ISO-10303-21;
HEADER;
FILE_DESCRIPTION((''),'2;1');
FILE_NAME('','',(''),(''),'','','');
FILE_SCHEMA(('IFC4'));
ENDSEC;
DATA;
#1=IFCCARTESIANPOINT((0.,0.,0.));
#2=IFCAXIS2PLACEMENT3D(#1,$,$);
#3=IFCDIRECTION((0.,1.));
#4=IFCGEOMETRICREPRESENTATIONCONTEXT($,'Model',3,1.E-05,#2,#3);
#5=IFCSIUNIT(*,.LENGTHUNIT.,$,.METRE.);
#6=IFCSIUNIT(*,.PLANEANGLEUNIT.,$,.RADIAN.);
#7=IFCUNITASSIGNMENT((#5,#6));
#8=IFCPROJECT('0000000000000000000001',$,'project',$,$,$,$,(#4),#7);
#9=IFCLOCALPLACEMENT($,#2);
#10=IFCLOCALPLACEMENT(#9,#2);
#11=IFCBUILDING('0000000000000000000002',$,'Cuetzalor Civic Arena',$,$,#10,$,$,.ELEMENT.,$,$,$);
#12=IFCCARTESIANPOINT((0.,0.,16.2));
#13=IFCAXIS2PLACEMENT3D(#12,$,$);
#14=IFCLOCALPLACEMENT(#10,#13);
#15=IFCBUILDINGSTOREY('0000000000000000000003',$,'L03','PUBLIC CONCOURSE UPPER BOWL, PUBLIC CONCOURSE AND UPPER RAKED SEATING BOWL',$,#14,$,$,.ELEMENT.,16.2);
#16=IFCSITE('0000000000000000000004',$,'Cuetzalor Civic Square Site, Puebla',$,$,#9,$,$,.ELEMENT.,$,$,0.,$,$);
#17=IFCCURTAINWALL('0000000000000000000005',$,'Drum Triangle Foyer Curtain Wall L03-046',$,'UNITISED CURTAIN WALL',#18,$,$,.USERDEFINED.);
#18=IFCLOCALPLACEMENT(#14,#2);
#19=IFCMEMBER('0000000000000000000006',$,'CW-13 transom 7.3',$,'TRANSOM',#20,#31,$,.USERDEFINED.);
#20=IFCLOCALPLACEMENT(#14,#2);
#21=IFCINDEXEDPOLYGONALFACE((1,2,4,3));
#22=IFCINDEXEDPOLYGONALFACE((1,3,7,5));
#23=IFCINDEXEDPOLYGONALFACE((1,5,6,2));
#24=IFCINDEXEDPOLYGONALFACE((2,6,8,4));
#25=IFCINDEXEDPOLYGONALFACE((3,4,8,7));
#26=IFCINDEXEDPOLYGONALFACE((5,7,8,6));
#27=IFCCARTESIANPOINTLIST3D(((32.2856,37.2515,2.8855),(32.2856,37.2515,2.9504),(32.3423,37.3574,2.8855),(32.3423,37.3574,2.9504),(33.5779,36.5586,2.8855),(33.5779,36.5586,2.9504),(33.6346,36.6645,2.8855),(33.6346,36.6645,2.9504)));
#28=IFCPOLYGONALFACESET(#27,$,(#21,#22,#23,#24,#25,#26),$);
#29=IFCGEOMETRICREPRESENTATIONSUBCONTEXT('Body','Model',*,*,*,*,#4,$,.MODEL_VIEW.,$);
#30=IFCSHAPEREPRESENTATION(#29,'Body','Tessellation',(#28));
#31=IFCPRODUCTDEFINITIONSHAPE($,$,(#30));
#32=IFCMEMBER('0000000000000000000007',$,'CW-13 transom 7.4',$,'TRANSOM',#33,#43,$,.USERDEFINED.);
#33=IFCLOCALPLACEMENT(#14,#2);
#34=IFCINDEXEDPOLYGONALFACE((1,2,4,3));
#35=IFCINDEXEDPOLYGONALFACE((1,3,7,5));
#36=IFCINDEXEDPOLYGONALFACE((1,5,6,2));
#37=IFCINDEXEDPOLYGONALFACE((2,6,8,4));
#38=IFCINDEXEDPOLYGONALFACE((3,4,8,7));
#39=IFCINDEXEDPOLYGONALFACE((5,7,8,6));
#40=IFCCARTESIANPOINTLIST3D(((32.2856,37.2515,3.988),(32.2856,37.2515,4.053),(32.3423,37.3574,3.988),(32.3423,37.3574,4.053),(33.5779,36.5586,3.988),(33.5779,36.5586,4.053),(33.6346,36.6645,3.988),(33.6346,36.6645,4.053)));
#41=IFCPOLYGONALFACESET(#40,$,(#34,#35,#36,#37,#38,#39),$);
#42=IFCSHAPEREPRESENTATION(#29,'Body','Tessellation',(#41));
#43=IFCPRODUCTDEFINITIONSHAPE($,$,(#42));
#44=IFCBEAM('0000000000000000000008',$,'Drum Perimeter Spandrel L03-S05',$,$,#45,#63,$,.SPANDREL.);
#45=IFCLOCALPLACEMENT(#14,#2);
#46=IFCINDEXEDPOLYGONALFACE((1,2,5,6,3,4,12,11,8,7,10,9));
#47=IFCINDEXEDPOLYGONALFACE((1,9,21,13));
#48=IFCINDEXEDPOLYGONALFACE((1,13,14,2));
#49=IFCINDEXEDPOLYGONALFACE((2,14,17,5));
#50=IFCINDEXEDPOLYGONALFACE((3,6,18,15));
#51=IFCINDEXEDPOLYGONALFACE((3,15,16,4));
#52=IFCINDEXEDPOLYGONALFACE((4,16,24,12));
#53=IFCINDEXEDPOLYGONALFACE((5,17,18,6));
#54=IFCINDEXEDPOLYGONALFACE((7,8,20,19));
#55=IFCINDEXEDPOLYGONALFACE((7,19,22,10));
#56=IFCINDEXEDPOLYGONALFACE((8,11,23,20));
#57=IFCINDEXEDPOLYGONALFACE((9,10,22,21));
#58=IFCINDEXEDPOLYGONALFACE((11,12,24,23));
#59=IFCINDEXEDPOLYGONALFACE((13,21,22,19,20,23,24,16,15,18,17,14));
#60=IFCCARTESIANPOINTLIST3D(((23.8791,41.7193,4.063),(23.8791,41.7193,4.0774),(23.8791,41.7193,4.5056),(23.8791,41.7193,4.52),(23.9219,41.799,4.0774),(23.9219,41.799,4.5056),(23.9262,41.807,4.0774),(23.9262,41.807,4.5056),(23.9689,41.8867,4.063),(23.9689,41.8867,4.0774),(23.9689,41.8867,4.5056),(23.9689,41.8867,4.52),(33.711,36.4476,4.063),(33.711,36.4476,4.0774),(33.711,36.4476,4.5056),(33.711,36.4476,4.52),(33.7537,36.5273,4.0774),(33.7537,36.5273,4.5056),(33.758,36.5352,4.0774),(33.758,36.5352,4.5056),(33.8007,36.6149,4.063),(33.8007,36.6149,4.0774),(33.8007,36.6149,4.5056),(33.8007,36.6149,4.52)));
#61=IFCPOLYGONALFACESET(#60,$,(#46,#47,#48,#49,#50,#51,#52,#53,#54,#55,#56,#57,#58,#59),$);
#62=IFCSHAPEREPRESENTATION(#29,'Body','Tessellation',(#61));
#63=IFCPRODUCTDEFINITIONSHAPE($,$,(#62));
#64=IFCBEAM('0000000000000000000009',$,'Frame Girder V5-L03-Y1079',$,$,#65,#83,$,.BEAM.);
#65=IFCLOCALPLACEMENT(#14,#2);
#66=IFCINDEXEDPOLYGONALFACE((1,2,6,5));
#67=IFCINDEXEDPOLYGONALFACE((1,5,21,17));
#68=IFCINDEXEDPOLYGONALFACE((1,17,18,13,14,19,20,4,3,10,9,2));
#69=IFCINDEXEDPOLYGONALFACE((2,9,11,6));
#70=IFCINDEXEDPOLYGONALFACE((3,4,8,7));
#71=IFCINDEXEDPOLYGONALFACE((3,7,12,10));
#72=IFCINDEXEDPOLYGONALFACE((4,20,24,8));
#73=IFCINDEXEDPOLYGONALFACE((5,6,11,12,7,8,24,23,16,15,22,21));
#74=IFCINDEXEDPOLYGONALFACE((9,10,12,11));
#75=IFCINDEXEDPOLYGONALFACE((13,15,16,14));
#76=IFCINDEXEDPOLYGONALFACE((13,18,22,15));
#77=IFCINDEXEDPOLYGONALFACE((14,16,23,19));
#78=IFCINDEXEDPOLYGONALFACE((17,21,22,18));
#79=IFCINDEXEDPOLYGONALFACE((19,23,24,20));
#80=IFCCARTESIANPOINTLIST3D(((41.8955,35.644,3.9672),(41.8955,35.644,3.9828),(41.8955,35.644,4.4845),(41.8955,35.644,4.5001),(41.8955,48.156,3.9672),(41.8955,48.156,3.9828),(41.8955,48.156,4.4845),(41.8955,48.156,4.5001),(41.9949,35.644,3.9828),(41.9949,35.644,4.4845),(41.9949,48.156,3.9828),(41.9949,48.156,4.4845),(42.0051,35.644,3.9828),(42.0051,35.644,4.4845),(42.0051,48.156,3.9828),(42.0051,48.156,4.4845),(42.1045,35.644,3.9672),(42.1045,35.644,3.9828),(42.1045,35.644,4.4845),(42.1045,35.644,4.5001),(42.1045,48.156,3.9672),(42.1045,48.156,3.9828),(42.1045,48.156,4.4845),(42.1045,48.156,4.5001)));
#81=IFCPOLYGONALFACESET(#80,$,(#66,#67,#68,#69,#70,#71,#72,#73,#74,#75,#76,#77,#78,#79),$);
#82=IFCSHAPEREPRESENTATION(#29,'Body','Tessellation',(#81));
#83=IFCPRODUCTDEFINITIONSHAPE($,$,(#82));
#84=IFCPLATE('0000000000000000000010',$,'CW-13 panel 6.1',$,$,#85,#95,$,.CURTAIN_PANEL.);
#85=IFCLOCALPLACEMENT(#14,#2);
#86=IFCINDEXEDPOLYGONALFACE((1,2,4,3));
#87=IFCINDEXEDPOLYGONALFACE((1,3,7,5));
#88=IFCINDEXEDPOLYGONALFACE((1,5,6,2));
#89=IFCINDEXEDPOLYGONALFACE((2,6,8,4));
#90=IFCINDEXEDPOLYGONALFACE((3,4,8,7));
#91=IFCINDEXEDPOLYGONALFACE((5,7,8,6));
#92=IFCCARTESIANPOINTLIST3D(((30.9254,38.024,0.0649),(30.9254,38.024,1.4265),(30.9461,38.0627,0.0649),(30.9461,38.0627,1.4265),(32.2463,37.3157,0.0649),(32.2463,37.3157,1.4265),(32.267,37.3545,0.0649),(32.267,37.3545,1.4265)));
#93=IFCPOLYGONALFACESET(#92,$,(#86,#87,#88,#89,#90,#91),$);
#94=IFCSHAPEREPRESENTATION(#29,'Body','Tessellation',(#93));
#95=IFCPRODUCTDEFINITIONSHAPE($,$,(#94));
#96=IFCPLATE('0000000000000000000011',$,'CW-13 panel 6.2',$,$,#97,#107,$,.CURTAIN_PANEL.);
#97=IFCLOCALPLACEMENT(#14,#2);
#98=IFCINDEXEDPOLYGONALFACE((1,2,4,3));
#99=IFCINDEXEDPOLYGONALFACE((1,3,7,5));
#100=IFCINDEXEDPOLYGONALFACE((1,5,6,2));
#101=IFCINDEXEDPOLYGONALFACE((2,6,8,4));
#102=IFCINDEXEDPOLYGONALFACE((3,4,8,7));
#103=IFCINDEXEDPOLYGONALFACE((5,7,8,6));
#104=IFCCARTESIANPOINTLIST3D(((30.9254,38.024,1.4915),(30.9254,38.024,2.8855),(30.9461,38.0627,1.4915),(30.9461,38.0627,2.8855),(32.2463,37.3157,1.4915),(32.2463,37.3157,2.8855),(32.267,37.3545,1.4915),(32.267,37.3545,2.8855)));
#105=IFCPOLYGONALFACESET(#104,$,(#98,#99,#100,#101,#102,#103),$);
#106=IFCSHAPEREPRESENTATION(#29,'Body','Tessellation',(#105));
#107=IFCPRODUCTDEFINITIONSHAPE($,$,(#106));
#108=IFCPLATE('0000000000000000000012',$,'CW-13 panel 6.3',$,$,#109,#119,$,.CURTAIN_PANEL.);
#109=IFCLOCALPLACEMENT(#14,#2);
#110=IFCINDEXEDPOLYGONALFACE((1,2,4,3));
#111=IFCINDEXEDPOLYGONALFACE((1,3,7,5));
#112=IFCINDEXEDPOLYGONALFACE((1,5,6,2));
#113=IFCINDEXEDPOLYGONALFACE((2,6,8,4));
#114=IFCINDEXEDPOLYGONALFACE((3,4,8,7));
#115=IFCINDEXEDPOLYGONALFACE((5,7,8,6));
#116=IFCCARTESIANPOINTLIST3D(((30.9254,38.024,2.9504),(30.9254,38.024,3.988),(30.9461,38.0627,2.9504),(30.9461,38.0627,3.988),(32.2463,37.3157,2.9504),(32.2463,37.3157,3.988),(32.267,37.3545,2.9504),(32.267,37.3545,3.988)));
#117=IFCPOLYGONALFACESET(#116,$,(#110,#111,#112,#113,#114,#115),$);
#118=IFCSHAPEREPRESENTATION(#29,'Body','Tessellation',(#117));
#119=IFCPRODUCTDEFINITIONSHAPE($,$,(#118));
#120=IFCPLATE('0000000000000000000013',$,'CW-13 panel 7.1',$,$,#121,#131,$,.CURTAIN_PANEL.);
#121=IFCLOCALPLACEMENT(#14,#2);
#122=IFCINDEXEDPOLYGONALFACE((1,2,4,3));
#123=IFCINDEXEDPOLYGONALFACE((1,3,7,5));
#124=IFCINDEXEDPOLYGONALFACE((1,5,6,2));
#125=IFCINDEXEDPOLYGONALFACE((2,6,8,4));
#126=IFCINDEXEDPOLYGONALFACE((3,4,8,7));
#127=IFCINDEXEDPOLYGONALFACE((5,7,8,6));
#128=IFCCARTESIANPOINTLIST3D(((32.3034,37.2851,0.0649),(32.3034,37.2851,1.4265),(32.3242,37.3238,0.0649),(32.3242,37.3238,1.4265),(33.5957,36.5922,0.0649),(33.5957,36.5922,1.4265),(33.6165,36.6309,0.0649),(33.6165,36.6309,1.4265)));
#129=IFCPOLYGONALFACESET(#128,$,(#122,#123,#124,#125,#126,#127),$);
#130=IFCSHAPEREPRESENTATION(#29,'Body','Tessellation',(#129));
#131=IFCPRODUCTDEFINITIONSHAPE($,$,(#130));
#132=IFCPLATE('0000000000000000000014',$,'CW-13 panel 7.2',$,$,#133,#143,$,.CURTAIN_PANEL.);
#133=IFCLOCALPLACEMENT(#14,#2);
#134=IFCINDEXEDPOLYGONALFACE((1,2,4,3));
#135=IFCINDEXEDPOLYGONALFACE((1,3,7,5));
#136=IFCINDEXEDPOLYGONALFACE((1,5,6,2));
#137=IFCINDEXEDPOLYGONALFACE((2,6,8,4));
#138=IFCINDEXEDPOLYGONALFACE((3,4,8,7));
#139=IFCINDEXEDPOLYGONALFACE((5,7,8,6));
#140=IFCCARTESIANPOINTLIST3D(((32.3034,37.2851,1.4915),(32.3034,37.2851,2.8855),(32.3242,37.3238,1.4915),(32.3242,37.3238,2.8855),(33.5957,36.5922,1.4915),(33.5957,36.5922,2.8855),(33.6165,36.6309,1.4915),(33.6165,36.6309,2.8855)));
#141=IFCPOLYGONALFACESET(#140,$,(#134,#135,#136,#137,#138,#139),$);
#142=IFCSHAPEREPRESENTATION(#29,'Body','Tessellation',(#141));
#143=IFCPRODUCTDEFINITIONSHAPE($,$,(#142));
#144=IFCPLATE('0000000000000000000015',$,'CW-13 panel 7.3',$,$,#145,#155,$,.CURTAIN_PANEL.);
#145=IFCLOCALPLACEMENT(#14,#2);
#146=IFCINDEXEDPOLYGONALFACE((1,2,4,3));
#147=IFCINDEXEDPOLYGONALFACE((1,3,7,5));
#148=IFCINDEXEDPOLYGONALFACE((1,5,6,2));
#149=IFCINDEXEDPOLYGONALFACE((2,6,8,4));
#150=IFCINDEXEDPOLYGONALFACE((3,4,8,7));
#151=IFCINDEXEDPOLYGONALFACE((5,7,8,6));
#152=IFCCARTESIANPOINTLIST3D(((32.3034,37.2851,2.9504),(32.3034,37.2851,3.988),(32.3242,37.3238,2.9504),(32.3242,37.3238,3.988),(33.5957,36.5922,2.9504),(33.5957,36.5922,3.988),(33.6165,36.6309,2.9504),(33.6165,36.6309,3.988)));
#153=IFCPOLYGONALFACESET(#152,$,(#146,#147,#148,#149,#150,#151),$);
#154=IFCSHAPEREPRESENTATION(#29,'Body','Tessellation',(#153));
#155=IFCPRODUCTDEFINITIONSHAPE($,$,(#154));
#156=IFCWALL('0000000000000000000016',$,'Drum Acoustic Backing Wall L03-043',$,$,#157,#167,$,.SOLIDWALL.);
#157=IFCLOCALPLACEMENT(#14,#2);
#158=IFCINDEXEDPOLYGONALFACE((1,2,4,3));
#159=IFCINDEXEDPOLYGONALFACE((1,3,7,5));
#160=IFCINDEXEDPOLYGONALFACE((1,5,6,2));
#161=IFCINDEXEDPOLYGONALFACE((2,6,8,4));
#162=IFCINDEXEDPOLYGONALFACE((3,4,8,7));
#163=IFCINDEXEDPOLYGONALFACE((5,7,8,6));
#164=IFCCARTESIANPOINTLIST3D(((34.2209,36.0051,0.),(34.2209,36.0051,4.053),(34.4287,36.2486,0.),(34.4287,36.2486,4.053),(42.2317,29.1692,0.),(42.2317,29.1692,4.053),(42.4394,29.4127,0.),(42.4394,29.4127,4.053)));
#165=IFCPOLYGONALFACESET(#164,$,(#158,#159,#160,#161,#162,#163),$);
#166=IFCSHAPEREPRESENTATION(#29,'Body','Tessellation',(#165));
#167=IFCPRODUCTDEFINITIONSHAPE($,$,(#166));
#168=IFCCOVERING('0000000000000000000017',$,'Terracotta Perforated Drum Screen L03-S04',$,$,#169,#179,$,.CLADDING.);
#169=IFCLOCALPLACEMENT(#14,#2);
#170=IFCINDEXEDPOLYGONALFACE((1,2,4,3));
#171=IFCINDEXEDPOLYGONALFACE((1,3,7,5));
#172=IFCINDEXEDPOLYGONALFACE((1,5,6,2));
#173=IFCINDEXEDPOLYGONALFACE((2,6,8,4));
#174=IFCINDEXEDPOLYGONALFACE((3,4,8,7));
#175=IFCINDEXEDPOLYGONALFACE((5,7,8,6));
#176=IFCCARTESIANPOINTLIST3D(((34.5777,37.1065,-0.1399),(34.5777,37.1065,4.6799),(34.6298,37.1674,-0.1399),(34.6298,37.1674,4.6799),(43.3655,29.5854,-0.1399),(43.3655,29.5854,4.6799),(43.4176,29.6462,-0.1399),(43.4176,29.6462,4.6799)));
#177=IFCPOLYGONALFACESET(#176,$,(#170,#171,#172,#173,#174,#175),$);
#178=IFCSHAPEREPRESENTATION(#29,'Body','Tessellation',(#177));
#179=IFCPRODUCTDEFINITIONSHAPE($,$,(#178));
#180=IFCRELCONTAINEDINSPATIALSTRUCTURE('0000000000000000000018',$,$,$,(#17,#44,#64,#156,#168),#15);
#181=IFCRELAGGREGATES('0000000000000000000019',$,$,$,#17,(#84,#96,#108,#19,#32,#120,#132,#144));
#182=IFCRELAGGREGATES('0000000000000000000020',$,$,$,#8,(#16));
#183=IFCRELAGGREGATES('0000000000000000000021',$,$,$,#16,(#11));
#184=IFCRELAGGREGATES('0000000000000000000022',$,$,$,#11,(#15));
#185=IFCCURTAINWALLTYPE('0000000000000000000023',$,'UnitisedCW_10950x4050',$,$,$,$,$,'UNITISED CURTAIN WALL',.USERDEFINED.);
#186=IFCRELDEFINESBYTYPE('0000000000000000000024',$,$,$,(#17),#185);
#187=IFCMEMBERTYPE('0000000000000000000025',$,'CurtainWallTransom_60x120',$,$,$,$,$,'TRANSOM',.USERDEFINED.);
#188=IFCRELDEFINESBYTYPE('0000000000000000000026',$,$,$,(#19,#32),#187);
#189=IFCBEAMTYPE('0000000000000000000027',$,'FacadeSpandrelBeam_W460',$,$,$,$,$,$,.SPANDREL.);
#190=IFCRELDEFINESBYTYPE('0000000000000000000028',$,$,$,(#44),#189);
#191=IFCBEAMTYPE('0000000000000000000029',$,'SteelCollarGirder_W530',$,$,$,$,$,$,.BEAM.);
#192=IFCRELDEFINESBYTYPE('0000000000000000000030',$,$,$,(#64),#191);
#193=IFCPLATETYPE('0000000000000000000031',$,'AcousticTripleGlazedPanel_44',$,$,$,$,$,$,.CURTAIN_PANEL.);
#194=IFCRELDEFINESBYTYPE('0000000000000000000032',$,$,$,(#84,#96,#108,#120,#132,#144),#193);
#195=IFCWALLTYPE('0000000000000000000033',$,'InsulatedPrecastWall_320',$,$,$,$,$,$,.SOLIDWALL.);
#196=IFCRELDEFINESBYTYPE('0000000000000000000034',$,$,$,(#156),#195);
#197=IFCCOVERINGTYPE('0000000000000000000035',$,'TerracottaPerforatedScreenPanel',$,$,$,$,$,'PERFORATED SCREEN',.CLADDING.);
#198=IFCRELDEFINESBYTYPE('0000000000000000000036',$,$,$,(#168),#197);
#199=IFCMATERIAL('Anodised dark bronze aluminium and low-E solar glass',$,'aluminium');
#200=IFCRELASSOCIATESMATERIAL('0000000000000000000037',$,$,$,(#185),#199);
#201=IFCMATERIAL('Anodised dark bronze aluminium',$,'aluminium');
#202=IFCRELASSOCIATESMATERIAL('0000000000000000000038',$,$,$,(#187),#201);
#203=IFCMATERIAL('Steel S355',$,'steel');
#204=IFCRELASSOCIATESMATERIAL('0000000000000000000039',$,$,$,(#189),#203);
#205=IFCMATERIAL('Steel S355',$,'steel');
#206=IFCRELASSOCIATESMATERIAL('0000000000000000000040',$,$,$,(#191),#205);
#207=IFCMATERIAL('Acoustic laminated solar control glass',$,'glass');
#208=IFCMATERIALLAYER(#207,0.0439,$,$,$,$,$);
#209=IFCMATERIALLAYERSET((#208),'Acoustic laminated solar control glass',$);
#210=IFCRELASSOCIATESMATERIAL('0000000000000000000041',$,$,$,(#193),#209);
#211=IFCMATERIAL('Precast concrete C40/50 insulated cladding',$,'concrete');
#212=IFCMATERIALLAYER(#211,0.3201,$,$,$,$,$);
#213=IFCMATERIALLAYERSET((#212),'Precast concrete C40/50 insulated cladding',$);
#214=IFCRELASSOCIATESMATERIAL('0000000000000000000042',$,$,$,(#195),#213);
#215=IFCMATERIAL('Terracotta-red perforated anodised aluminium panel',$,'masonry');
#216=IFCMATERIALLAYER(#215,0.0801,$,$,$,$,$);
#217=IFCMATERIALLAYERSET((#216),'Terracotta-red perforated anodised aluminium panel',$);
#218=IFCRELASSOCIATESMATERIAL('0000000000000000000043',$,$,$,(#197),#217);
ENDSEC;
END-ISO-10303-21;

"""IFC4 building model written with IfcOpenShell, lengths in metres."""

from ifc_helpers import new_model, si_unit, direction, frame, frame_2d, origin, origin_2d, place, context, subcontext, project, spatial, rectangle, i_section, extrude, material, layer, layer_set, material_profile, profile_set, type_object, element, aggregate, save


model = new_model("IFC4")

# Units and contexts
model_context = context("Model", 3, precision=1e-05, world=origin(), true_north=direction((0.0, 1.0)))
body_context = subcontext(model_context, "Body", "Model", "MODEL_VIEW")
ifc_project = project(units=[si_unit("LENGTHUNIT", "METRE"), si_unit("PLANEANGLEUNIT", "RADIAN")], contexts=[model_context])

# Site, building, storey
site_placement = place(None, origin())
site = spatial("IfcSite", under=ifc_project, at=site_placement, Name="Cuetzalor Civic Square Site, Puebla", CompositionType="ELEMENT", RefElevation=0.0)
building_placement = place(site_placement, origin())
building = spatial("IfcBuilding", under=site, at=building_placement, Name="Cuetzalor Civic Arena", CompositionType="ELEMENT")
storey_placement = place(building_placement, frame((0.0, 0.0, 16.2)))
storey = spatial("IfcBuildingStorey", under=building, at=storey_placement, Name="L03", Description="PUBLIC CONCOURSE UPPER BOWL, PUBLIC CONCOURSE AND UPPER RAKED SEATING BOWL", CompositionType="ELEMENT", Elevation=16.2)

# Curtain wall, members
ifc_material_1 = material(Name="Anodised dark bronze aluminium and low-E solar glass", Category="aluminium")
curtain_wall_type = type_object("IfcCurtainWallType", Name="UnitisedCW_10950x4050", ElementType="UNITISED CURTAIN WALL", PredefinedType="USERDEFINED", material=ifc_material_1)
curtain_wall_placement = place(storey_placement, origin())
curtain_wall = element("IfcCurtainWall", 1, at=curtain_wall_placement, inside=storey, type_object=curtain_wall_type, Name="Drum Triangle Foyer Curtain Wall L03-046", ObjectType="UNITISED CURTAIN WALL", PredefinedType="USERDEFINED")
ifc_material_2 = material(Name="Anodised dark bronze aluminium", Category="aluminium")
ifc_material_profile_1 = material_profile(ifc_material_2, rectangle(XDim=0.1201, YDim=0.0649, at=origin_2d()), Name="ALU TRANSOM 65x120")
ifc_profile_set_1 = profile_set([ifc_material_profile_1], Name="Anodised dark bronze aluminium")
member_type_1 = type_object("IfcMemberType", Name="CurtainWallTransom_60x120", ElementType="TRANSOM", PredefinedType="USERDEFINED", material=ifc_profile_set_1)
member_1_placement = place(storey_placement, frame((32.314, 37.3044, 2.918), z_axis=(0.881309, -0.47254, 0.0), x_axis=(0.47254, 0.881309, 0.0)))
member_1 = element("IfcMember", 2, at=member_1_placement, type_object=member_type_1, Name="CW-13 transom 7.3", ObjectType="TRANSOM", PredefinedType="USERDEFINED", context=body_context, shape_type="SweptSolid", body=[
    extrude(rectangle(XDim=0.1201, YDim=0.0649, at=origin_2d()), origin(), (0.0, 0.0, 1.0), 1.4663),
])
member_2_placement = place(storey_placement, frame((32.314, 37.3044, 4.0205), z_axis=(0.881309, -0.47254, 0.0), x_axis=(0.47254, 0.881309, 0.0)))
member_2 = element("IfcMember", 3, at=member_2_placement, type_object=member_type_1, Name="CW-13 transom 7.4", ObjectType="TRANSOM", PredefinedType="USERDEFINED", context=body_context, shape_type="SweptSolid", body=[
    extrude(rectangle(XDim=0.1201, YDim=0.0649, at=origin_2d()), origin(), (0.0, 0.0, 1.0), 1.4663),
])

# Beams
ifc_material_3 = material(Name="Steel S355", Category="steel")
ifc_material_profile_2 = material_profile(ifc_material_3, i_section(OverallWidth=0.1899, OverallDepth=0.457, WebThickness=0.009, FlangeThickness=0.0144, at=origin_2d()), Name="W460x74")
ifc_profile_set_2 = profile_set([ifc_material_profile_2], Name="Steel S355")
beam_type_1 = type_object("IfcBeamType", Name="FacadeSpandrelBeam_W460", PredefinedType="SPANDREL", material=ifc_profile_set_2)
beam_1_placement = place(storey_placement, frame((33.7559, 36.5312, 4.2915), z_axis=(-0.881305, 0.472549, 0.0), x_axis=(-0.472549, -0.881305, 0.0)))
element("IfcBeam", 4, at=beam_1_placement, inside=storey, type_object=beam_type_1, Name="Drum Perimeter Spandrel L03-S05", PredefinedType="SPANDREL", context=body_context, shape_type="SweptSolid", body=[
    extrude(i_section(OverallWidth=0.1899, OverallDepth=0.457, WebThickness=0.009, FlangeThickness=0.0144, at=origin_2d()), origin(), (0.0, 0.0, 1.0), 11.156),
])
ifc_material_4 = material(Name="Steel S355", Category="steel")
ifc_material_profile_3 = material_profile(ifc_material_4, i_section(OverallWidth=0.209, OverallDepth=0.533, WebThickness=0.0103, FlangeThickness=0.0156, at=origin_2d()), Name="W530x92")
ifc_profile_set_3 = profile_set([ifc_material_profile_3], Name="Steel S355")
beam_type_2 = type_object("IfcBeamType", Name="SteelCollarGirder_W530", PredefinedType="BEAM", material=ifc_profile_set_3)
beam_2_placement = place(storey_placement, frame((42.0, 35.644, 4.2336), z_axis=(0.0, 1.0, 0.0), x_axis=(-1.0, 0.0, 0.0)))
element("IfcBeam", 5, at=beam_2_placement, inside=storey, type_object=beam_type_2, Name="Frame Girder V5-L03-Y1079", PredefinedType="BEAM", context=body_context, shape_type="SweptSolid", body=[
    extrude(i_section(OverallWidth=0.209, OverallDepth=0.533, WebThickness=0.0103, FlangeThickness=0.0156, at=origin_2d()), origin(), (0.0, 0.0, 1.0), 12.512),
])

# Plates
ifc_material_5 = material(Name="Acoustic laminated solar control glass", Category="glass")
ifc_layer_1 = layer(ifc_material_5, 0.0439)
ifc_layer_set_1 = layer_set([ifc_layer_1], Name="Acoustic laminated solar control glass")
plate_type = type_object("IfcPlateType", Name="AcousticTripleGlazedPanel_44", PredefinedType="CURTAIN_PANEL", material=ifc_layer_set_1)
plate_1_placement = place(storey_placement, frame((31.5962, 37.6892, 0.0649), z_axis=(0.0, 0.0, 1.0), x_axis=(0.881306, -0.472545, 0.0)))
plate_1 = element("IfcPlate", 6, at=plate_1_placement, type_object=plate_type, Name="CW-13 panel 6.1", PredefinedType="CURTAIN_PANEL", context=body_context, shape_type="SweptSolid", body=[
    extrude(rectangle(XDim=1.4988, YDim=0.0439, at=origin_2d()), origin(), (0.0, 0.0, 1.0), 1.3616),
])
plate_2_placement = place(storey_placement, frame((31.5962, 37.6892, 1.4915), z_axis=(0.0, 0.0, 1.0), x_axis=(0.881306, -0.472545, 0.0)))
plate_2 = element("IfcPlate", 7, at=plate_2_placement, type_object=plate_type, Name="CW-13 panel 6.2", PredefinedType="CURTAIN_PANEL", context=body_context, shape_type="SweptSolid", body=[
    extrude(rectangle(XDim=1.4988, YDim=0.0439, at=origin_2d()), origin(), (0.0, 0.0, 1.0), 1.394),
])
plate_3_placement = place(storey_placement, frame((31.5962, 37.6892, 2.9504), z_axis=(0.0, 0.0, 1.0), x_axis=(0.881306, -0.472545, 0.0)))
plate_3 = element("IfcPlate", 8, at=plate_3_placement, type_object=plate_type, Name="CW-13 panel 6.3", PredefinedType="CURTAIN_PANEL", context=body_context, shape_type="SweptSolid", body=[
    extrude(rectangle(XDim=1.4988, YDim=0.0439, at=origin_2d()), origin(), (0.0, 0.0, 1.0), 1.0376),
])
plate_4_placement = place(storey_placement, frame((32.96, 36.958, 0.0649), z_axis=(0.0, 0.0, 1.0), x_axis=(0.881306, -0.472545, 0.0)))
plate_4 = element("IfcPlate", 9, at=plate_4_placement, type_object=plate_type, Name="CW-13 panel 7.1", PredefinedType="CURTAIN_PANEL", context=body_context, shape_type="SweptSolid", body=[
    extrude(rectangle(XDim=1.4663, YDim=0.0439, at=origin_2d()), origin(), (0.0, 0.0, 1.0), 1.3616),
])
plate_5_placement = place(storey_placement, frame((32.96, 36.958, 1.4915), z_axis=(0.0, 0.0, 1.0), x_axis=(0.881306, -0.472545, 0.0)))
plate_5 = element("IfcPlate", 10, at=plate_5_placement, type_object=plate_type, Name="CW-13 panel 7.2", PredefinedType="CURTAIN_PANEL", context=body_context, shape_type="SweptSolid", body=[
    extrude(rectangle(XDim=1.4663, YDim=0.0439, at=origin_2d()), origin(), (0.0, 0.0, 1.0), 1.394),
])
plate_6_placement = place(storey_placement, frame((32.96, 36.958, 2.9504), z_axis=(0.0, 0.0, 1.0), x_axis=(0.881306, -0.472545, 0.0)))
plate_6 = element("IfcPlate", 11, at=plate_6_placement, type_object=plate_type, Name="CW-13 panel 7.3", PredefinedType="CURTAIN_PANEL", context=body_context, shape_type="SweptSolid", body=[
    extrude(rectangle(XDim=1.4663, YDim=0.0439, at=origin_2d()), origin(), (0.0, 0.0, 1.0), 1.0376),
])
aggregate(curtain_wall, [plate_1, plate_2, plate_3, member_1, member_2, plate_4, plate_5, plate_6])

# Wall
ifc_material_6 = material(Name="Precast concrete C40/50 insulated cladding", Category="concrete")
ifc_layer_2 = layer(ifc_material_6, 0.3201)
ifc_layer_set_2 = layer_set([ifc_layer_2], Name="Precast concrete C40/50 insulated cladding")
wall_type = type_object("IfcWallType", Name="InsulatedPrecastWall_320", PredefinedType="SOLIDWALL", material=ifc_layer_set_2)
wall_placement = place(storey_placement, frame((34.3247, 36.127, 0.0), z_axis=(0.0, 0.0, 1.0), x_axis=(0.760682, -0.649125, 0.0)))
element("IfcWall", 12, at=wall_placement, inside=storey, type_object=wall_type, Name="Drum Acoustic Backing Wall L03-043", PredefinedType="SOLIDWALL", context=body_context, shape_type="SweptSolid", body=[
    extrude(rectangle(XDim=10.531, YDim=0.3201, at=frame_2d((5.2656, 0.0))), origin(), (0.0, 0.0, 1.0), 4.053),
])

# Covering
ifc_material_7 = material(Name="Terracotta-red perforated anodised aluminium panel", Category="masonry")
ifc_layer_3 = layer(ifc_material_7, 0.0801)
ifc_layer_set_3 = layer_set([ifc_layer_3], Name="Terracotta-red perforated anodised aluminium panel")
covering_type = type_object("IfcCoveringType", Name="TerracottaPerforatedScreenPanel", ElementType="PERFORATED SCREEN", PredefinedType="CLADDING", material=ifc_layer_set_3)
covering_placement = place(storey_placement, frame((34.6038, 37.137, -0.1399), z_axis=(0.0, 0.0, 1.0), x_axis=(0.759735, -0.650233, 0.0)))
element("IfcCovering", 13, at=covering_placement, inside=storey, type_object=covering_type, Name="Terracotta Perforated Drum Screen L03-S04", PredefinedType="CLADDING", context=body_context, shape_type="SweptSolid", body=[
    extrude(rectangle(XDim=11.5669, YDim=0.0801, at=frame_2d((5.7834, 0.0))), origin(), (0.0, 0.0, 1.0), 4.8198),
])

save(model, "model.ifc")
